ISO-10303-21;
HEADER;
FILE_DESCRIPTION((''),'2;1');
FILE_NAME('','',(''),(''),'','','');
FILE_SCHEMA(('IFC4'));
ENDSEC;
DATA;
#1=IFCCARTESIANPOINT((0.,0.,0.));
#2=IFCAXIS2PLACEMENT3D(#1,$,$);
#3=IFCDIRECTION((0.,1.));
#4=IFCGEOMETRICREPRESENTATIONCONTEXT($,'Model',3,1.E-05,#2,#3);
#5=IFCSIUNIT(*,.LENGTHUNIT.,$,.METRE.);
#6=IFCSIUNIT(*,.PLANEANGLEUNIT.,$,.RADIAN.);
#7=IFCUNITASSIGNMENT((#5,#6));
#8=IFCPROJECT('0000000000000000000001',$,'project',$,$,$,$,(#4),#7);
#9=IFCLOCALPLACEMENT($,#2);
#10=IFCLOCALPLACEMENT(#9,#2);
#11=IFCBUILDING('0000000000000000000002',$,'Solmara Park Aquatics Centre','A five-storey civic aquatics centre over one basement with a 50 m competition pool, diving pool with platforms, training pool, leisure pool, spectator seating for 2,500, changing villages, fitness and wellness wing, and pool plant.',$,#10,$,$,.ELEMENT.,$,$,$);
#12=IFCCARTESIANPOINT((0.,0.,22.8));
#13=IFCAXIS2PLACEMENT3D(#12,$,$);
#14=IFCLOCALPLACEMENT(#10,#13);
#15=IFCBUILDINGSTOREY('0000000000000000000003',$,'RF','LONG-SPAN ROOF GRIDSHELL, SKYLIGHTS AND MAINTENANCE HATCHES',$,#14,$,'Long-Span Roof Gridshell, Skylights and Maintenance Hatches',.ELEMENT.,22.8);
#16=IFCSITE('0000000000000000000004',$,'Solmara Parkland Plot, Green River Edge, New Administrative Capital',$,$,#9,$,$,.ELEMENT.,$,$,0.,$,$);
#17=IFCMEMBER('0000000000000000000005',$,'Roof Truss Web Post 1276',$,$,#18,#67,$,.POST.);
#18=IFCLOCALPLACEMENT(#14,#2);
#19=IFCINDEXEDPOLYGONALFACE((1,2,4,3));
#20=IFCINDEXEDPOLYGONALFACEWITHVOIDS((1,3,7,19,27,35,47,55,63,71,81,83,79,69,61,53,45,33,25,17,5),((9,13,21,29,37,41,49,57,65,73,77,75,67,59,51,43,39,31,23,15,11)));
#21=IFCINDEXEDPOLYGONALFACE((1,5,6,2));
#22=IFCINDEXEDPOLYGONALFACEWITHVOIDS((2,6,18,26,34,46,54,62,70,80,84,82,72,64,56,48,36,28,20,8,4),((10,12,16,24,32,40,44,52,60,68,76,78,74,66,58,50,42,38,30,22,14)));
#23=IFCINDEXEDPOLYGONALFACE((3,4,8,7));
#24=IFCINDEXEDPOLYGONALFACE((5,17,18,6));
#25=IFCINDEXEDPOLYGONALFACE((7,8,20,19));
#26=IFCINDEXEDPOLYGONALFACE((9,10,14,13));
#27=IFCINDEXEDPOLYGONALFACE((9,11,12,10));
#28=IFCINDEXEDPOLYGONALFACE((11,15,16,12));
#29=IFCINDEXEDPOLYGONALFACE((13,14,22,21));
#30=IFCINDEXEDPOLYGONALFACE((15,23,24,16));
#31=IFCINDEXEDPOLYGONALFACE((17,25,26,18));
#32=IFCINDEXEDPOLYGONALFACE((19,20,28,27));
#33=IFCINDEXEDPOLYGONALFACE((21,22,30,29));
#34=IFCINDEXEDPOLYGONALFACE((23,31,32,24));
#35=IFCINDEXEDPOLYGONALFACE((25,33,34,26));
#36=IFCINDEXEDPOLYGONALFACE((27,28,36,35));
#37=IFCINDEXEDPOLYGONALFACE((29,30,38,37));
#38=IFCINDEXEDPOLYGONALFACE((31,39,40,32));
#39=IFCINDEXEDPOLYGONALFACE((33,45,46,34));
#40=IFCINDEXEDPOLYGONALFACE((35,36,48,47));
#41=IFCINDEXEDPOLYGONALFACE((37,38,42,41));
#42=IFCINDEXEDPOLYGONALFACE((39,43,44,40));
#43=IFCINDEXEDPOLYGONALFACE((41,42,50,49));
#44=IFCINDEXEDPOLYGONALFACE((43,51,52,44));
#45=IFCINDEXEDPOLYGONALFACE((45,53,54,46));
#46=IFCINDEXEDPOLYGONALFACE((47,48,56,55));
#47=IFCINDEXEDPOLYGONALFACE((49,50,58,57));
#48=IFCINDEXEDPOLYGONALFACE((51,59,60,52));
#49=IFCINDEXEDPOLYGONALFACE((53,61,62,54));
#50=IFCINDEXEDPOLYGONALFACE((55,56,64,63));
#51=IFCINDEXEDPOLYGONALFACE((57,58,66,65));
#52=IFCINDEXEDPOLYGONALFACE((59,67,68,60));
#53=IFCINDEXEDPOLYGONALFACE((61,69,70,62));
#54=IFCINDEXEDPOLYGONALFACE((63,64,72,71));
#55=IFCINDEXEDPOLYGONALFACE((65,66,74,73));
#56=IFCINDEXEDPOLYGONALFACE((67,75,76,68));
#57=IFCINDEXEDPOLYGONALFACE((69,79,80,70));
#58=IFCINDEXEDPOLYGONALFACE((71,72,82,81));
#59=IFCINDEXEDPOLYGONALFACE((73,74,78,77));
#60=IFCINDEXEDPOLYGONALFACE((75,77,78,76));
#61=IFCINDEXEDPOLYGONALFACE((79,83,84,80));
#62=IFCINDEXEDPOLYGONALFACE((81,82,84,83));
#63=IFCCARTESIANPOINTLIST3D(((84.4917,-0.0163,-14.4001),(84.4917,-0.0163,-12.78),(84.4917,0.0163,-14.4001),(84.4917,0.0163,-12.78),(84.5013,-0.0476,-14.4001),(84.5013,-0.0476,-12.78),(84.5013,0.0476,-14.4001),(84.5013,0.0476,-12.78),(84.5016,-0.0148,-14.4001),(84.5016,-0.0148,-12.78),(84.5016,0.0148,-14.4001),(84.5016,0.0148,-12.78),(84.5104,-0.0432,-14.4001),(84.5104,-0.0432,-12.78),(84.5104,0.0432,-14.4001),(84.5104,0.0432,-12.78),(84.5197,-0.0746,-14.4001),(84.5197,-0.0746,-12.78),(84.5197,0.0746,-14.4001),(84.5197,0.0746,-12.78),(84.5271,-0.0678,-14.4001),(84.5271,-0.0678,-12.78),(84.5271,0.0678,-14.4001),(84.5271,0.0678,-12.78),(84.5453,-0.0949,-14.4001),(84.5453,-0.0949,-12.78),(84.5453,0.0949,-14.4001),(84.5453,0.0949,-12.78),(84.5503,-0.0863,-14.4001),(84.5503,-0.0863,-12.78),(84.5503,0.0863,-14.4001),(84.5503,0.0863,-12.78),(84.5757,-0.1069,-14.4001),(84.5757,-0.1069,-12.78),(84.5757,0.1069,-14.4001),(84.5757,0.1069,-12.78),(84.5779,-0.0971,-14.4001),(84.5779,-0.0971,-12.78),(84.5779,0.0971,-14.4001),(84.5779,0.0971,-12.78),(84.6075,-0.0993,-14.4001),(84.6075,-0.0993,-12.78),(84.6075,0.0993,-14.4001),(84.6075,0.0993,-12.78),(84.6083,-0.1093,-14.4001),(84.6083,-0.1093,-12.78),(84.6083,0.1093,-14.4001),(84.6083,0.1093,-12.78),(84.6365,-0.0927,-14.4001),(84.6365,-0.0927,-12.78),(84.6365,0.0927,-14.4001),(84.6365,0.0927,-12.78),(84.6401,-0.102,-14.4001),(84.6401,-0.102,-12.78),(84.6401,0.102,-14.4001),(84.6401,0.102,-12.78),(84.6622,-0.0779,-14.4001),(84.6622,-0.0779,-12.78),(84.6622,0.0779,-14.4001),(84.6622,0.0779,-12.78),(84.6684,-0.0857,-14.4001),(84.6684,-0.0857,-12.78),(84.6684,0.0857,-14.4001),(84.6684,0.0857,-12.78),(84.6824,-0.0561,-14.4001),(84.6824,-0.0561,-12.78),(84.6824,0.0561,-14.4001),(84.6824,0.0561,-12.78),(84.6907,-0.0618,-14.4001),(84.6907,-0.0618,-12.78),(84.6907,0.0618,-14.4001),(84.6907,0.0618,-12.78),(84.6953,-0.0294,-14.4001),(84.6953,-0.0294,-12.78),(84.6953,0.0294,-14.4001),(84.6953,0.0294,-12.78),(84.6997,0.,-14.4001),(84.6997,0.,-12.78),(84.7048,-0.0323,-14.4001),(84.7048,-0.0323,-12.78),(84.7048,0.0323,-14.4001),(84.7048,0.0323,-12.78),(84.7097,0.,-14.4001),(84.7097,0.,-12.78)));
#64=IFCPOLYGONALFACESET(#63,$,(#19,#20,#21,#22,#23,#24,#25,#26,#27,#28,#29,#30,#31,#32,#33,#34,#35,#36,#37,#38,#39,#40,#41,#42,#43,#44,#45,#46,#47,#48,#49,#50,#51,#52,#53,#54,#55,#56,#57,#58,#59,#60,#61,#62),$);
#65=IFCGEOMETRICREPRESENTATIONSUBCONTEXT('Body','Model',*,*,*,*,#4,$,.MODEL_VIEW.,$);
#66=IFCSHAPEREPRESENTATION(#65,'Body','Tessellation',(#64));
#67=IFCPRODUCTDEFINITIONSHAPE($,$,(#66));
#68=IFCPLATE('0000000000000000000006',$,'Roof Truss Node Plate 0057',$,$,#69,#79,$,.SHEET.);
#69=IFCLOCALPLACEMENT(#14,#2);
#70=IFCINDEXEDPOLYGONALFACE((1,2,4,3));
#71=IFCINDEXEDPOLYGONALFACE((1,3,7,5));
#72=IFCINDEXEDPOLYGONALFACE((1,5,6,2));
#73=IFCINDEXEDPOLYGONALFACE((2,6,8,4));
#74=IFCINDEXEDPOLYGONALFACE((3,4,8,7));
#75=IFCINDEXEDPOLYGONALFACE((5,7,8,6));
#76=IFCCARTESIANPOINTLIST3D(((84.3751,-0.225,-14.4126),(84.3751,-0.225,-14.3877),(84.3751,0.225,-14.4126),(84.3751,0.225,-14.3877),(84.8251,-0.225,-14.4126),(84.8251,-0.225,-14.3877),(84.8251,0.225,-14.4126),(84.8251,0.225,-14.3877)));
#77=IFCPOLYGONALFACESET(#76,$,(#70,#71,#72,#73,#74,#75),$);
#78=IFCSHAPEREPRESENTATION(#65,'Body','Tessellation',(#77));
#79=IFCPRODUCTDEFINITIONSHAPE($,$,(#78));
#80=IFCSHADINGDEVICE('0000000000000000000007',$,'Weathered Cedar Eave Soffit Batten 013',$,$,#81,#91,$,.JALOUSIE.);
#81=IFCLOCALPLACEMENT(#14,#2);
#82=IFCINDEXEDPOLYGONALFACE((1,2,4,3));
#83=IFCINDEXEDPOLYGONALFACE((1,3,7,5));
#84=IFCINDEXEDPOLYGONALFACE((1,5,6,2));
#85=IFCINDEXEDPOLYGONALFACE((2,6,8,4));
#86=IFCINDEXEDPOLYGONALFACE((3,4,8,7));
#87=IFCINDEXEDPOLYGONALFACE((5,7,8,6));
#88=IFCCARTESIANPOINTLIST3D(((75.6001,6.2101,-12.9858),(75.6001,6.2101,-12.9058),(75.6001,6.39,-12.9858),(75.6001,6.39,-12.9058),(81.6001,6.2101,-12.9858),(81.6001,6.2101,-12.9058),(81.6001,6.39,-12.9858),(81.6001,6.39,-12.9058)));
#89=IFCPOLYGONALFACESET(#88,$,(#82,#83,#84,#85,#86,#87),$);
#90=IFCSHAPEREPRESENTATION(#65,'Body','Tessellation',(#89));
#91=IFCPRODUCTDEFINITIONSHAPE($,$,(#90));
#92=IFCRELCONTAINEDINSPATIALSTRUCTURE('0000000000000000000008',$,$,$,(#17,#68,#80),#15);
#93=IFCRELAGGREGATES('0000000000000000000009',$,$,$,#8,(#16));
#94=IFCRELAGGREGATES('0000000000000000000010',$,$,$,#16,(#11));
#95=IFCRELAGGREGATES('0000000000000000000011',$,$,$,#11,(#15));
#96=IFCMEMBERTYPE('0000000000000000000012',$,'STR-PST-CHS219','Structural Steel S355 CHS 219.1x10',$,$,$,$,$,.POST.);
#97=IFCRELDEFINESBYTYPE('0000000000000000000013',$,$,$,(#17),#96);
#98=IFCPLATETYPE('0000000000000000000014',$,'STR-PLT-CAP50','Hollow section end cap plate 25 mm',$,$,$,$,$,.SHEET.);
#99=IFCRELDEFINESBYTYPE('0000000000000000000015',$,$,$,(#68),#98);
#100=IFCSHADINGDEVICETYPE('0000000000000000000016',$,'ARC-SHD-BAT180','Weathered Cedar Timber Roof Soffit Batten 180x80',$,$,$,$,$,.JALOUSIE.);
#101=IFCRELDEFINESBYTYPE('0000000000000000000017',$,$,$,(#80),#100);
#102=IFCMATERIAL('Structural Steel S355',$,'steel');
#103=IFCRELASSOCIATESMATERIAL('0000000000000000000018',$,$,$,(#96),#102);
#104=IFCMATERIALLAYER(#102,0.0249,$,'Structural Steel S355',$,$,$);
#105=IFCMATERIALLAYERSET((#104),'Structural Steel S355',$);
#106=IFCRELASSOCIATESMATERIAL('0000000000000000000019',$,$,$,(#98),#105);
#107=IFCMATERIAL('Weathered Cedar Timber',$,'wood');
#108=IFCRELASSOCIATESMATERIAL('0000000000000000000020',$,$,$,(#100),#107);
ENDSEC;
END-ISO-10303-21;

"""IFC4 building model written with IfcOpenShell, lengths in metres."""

from ifc_helpers import new_model, si_unit, direction, frame, origin, origin_2d, place, context, subcontext, project, spatial, rectangle, hollow_circle, extrude, material, layer, layer_set, material_profile, profile_set, type_object, element, save


model = new_model("IFC4")

# Units and contexts
model_context = context("Model", 3, precision=1e-05, world=origin(), true_north=direction((0.0, 1.0)))
body_context = subcontext(model_context, "Body", "Model", "MODEL_VIEW")
ifc_project = project(units=[si_unit("LENGTHUNIT", "METRE"), si_unit("PLANEANGLEUNIT", "RADIAN")], contexts=[model_context])

# Site, building, storey
site_placement = place(None, origin())
site = spatial("IfcSite", under=ifc_project, at=site_placement, Name="Solmara Parkland Plot, Green River Edge, New Administrative Capital", CompositionType="ELEMENT", RefElevation=0.0)
building_placement = place(site_placement, origin())
building = spatial("IfcBuilding", under=site, at=building_placement, Name="Solmara Park Aquatics Centre", Description="A five-storey civic aquatics centre over one basement with a 50 m competition pool, diving pool with platforms, training pool, leisure pool, spectator seating for 2,500, changing villages, fitness and wellness wing, and pool plant.", CompositionType="ELEMENT")
storey_placement = place(building_placement, frame((0.0, 0.0, 22.8)))
storey = spatial("IfcBuildingStorey", under=building, at=storey_placement, Name="RF", Description="LONG-SPAN ROOF GRIDSHELL, SKYLIGHTS AND MAINTENANCE HATCHES", LongName="Long-Span Roof Gridshell, Skylights and Maintenance Hatches", CompositionType="ELEMENT", Elevation=22.8)

# Member
ifc_material_1 = material(Name="Structural Steel S355", Category="steel")
ifc_material_profile_1 = material_profile(ifc_material_1, hollow_circle(Radius=0.1096, WallThickness=0.01, at=origin_2d()), Name="CHS 219.1x10")
ifc_profile_set_1 = profile_set([ifc_material_profile_1], Name="Structural Steel S355")
member_type_1 = type_object("IfcMemberType", Name="STR-PST-CHS219", Description="Structural Steel S355 CHS 219.1x10", PredefinedType="POST", material=ifc_profile_set_1)
for number, where, z_axis, x_axis, name in (
    (1, (84.6001, 0.0, -14.4001), (0.0, 0.0, 1.0), (1.0, 0.0, 0.0), "Roof Truss Web Post 1276"),
):
    element("IfcMember", number, at=place(storey_placement, frame(where, z_axis=z_axis, x_axis=x_axis)), inside=storey, type_object=member_type_1, Name=name, PredefinedType="POST", context=body_context, shape_type="SweptSolid", body=[
        extrude(hollow_circle(Radius=0.1096, WallThickness=0.01, at=origin_2d()), origin(), (0.0, 0.0, 1.0), 1.6201),
    ])

# Plate
ifc_layer = layer(ifc_material_1, 0.0249, Name="Structural Steel S355")
ifc_layer_set = layer_set([ifc_layer], Name="Structural Steel S355")
plate_type = type_object("IfcPlateType", Name="STR-PLT-CAP50", Description="Hollow section end cap plate 25 mm", PredefinedType="SHEET", material=ifc_layer_set)
plate_placement = place(storey_placement, frame((84.6001, 0.0, -14.4126), z_axis=(0.0, 0.0, 1.0), x_axis=(1.0, 0.0, 0.0)))
element("IfcPlate", 2, at=plate_placement, inside=storey, type_object=plate_type, Name="Roof Truss Node Plate 0057", PredefinedType="SHEET", context=body_context, shape_type="SweptSolid", body=[
    extrude(rectangle(XDim=0.45, YDim=0.45, at=origin_2d()), origin(), (0.0, 0.0, 1.0), 0.0249),
])

# Shading device
ifc_material_2 = material(Name="Weathered Cedar Timber", Category="wood")
shading_device_type = type_object("IfcShadingDeviceType", Name="ARC-SHD-BAT180", Description="Weathered Cedar Timber Roof Soffit Batten 180x80", PredefinedType="JALOUSIE", material=ifc_material_2)
shading_device_placement = place(storey_placement, frame((78.6001, 6.3, -12.9858), z_axis=(0.0, 0.0, 1.0), x_axis=(1.0, 0.0, 0.0)))
element("IfcShadingDevice", 3, at=shading_device_placement, inside=storey, type_object=shading_device_type, Name="Weathered Cedar Eave Soffit Batten 013", PredefinedType="JALOUSIE", context=body_context, shape_type="SweptSolid", body=[
    extrude(rectangle(XDim=6.0, YDim=0.1799, at=origin_2d()), origin(), (0.0, 0.0, 1.0), 0.0801),
])

save(model, "model.ifc")
